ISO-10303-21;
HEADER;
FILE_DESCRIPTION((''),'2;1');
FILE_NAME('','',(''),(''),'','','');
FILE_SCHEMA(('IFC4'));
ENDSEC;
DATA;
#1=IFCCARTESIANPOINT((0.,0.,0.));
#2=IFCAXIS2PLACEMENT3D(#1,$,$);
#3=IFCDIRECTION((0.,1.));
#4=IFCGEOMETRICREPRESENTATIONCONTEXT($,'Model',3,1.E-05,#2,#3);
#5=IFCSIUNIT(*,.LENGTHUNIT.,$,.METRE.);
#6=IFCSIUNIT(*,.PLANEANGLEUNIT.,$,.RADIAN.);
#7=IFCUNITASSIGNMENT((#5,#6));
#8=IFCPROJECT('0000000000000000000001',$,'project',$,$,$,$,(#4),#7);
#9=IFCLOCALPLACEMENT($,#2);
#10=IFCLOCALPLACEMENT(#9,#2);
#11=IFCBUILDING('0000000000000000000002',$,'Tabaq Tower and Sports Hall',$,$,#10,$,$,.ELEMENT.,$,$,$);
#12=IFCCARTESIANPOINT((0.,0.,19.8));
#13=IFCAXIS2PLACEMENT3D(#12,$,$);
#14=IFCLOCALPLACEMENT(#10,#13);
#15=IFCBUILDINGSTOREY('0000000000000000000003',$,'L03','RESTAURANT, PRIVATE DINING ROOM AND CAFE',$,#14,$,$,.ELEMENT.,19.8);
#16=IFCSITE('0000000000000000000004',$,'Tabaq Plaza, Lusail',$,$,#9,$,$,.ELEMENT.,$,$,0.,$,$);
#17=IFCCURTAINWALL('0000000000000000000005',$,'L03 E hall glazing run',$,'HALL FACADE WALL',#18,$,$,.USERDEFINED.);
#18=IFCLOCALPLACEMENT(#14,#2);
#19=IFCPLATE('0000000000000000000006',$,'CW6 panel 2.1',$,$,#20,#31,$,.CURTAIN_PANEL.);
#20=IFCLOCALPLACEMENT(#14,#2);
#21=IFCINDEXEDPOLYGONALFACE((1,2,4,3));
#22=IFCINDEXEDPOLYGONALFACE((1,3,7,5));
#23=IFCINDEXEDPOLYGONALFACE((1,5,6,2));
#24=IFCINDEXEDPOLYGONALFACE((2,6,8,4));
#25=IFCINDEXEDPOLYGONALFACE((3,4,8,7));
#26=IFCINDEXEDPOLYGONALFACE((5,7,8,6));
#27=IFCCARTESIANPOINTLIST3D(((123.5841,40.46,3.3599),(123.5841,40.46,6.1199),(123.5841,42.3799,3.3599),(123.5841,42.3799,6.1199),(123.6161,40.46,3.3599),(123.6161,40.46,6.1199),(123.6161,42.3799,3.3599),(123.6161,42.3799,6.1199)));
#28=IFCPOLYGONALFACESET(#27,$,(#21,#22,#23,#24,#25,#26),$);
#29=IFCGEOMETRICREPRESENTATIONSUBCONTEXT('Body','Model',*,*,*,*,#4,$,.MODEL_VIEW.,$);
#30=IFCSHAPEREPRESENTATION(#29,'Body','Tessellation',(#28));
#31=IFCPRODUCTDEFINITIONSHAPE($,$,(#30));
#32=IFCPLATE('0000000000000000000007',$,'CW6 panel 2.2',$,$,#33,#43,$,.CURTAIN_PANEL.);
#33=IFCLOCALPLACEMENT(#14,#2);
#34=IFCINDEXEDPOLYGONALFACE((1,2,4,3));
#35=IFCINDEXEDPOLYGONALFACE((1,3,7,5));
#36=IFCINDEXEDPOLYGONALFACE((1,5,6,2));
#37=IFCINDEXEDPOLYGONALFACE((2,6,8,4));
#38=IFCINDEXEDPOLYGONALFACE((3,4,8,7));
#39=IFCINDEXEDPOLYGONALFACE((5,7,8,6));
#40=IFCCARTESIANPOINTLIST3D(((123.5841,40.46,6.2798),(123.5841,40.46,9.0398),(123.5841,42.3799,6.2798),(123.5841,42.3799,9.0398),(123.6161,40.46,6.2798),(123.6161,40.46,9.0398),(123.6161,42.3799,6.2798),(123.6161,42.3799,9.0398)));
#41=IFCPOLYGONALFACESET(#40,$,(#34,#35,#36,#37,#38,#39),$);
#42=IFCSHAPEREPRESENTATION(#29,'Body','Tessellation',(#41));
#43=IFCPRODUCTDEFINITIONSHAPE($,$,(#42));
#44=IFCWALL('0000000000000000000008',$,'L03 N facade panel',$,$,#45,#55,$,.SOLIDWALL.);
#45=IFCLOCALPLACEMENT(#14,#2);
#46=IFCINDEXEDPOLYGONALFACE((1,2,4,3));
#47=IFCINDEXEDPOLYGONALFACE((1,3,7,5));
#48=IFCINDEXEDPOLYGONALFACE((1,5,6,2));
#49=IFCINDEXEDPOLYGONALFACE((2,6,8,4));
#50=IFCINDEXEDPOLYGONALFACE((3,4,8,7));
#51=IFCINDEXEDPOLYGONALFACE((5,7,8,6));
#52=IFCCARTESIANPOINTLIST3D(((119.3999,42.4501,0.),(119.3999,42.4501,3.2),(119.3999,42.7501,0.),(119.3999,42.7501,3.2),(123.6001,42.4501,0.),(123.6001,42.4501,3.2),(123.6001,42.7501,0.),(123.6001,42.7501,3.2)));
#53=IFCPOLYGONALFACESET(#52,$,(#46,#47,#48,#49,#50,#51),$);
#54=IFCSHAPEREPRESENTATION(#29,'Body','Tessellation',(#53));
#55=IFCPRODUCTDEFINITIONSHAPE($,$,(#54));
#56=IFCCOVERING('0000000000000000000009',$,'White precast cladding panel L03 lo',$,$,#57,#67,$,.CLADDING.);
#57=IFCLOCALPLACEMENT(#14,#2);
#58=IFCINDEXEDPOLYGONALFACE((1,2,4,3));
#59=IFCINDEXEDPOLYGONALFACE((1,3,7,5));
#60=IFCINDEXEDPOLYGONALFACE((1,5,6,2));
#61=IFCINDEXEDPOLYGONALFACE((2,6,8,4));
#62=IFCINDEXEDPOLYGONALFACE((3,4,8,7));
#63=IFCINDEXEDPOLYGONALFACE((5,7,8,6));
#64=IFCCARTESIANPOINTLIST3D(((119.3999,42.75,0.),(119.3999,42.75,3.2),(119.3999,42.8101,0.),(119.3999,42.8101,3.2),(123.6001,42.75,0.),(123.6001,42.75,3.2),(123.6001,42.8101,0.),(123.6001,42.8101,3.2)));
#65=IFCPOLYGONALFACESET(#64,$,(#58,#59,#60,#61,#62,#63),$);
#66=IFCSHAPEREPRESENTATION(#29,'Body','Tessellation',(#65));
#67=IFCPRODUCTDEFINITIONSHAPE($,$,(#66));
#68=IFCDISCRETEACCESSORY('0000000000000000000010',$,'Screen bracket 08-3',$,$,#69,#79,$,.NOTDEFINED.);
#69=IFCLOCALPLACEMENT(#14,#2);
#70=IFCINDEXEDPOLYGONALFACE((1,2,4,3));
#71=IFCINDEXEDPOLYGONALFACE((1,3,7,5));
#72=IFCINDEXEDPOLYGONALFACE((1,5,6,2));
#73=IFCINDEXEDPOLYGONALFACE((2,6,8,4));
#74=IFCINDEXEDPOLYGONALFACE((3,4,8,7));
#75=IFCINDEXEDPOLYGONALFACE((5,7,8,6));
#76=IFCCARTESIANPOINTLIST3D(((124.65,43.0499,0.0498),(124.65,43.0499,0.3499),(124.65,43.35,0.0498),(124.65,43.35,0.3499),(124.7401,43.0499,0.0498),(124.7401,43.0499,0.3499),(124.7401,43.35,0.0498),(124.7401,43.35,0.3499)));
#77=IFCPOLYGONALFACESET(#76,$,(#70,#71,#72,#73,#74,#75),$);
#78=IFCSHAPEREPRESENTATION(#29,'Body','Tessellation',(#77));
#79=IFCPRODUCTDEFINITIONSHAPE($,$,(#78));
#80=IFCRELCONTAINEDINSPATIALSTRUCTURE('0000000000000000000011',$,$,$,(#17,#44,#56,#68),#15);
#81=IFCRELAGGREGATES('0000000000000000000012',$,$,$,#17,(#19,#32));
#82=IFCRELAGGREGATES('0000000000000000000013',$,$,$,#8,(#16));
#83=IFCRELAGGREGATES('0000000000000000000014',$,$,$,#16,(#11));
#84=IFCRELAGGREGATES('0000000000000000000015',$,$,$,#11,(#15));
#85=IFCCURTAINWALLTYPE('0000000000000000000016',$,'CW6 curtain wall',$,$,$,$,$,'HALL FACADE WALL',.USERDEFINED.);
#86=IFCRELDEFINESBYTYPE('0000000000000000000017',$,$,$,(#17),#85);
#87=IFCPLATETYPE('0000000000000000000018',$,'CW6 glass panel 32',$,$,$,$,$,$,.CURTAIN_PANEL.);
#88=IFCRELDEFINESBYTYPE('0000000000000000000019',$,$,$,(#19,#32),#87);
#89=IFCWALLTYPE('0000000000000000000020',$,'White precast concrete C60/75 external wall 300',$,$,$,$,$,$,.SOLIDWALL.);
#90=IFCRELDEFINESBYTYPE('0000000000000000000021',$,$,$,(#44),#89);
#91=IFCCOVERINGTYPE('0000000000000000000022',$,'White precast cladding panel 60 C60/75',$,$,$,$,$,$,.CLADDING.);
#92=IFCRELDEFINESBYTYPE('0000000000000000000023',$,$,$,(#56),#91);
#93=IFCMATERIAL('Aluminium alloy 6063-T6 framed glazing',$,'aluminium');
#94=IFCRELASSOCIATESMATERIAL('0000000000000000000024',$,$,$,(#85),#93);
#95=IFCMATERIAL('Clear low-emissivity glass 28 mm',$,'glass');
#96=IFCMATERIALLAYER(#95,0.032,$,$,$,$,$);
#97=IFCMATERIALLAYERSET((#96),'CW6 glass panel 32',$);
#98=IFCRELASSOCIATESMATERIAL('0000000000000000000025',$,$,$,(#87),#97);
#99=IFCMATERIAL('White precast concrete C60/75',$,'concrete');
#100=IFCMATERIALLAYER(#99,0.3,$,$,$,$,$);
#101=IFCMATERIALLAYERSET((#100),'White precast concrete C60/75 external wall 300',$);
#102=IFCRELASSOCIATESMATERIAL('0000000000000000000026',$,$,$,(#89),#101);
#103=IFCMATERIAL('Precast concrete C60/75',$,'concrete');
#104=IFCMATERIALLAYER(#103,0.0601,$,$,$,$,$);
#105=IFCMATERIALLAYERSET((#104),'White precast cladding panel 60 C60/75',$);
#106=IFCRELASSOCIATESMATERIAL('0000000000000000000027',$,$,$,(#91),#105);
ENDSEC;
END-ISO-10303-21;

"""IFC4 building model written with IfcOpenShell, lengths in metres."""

from ifc_helpers import new_model, si_unit, direction, frame, frame_2d, origin, origin_2d, place, context, subcontext, project, spatial, rectangle, extrude, material, layer, layer_set, type_object, element, aggregate, save


model = new_model("IFC4")

# Units and contexts
model_context = context("Model", 3, precision=1e-05, world=origin(), true_north=direction((0.0, 1.0)))
body_context = subcontext(model_context, "Body", "Model", "MODEL_VIEW")
ifc_project = project(units=[si_unit("LENGTHUNIT", "METRE"), si_unit("PLANEANGLEUNIT", "RADIAN")], contexts=[model_context])

# Site, building, storey
site_placement = place(None, origin())
site = spatial("IfcSite", under=ifc_project, at=site_placement, Name="Tabaq Plaza, Lusail", CompositionType="ELEMENT", RefElevation=0.0)
building_placement = place(site_placement, origin())
building = spatial("IfcBuilding", under=site, at=building_placement, Name="Tabaq Tower and Sports Hall", CompositionType="ELEMENT")
storey_placement = place(building_placement, frame((0.0, 0.0, 19.8)))
storey = spatial("IfcBuildingStorey", under=building, at=storey_placement, Name="L03", Description="RESTAURANT, PRIVATE DINING ROOM AND CAFE", CompositionType="ELEMENT", Elevation=19.8)

# Shared definitions
ifc_material_1 = material(Name="Aluminium alloy 6063-T6 framed glazing", Category="aluminium")
curtain_wall_type = type_object("IfcCurtainWallType", Name="CW6 curtain wall", ElementType="HALL FACADE WALL", PredefinedType="USERDEFINED", material=ifc_material_1)

# Curtain wall
curtain_wall_1_placement = place(storey_placement, origin())
curtain_wall_1 = element("IfcCurtainWall", 1, at=curtain_wall_1_placement, inside=storey, type_object=curtain_wall_type, Name="L03 E hall glazing run", ObjectType="HALL FACADE WALL", PredefinedType="USERDEFINED")

# Plates
ifc_material_2 = material(Name="Clear low-emissivity glass 28 mm", Category="glass")
ifc_layer_1 = layer(ifc_material_2, 0.032)
ifc_layer_set_1 = layer_set([ifc_layer_1], Name="CW6 glass panel 32")
plate_type = type_object("IfcPlateType", Name="CW6 glass panel 32", PredefinedType="CURTAIN_PANEL", material=ifc_layer_set_1)
plate_1_placement = place(storey_placement, frame((123.6001, 41.4199, 3.3599), z_axis=(0.0, 0.0, 1.0), x_axis=(0.0, 1.0, 0.0)))
plate_1 = element("IfcPlate", 2, at=plate_1_placement, type_object=plate_type, Name="CW6 panel 2.1", PredefinedType="CURTAIN_PANEL", context=body_context, shape_type="SweptSolid", body=[
    extrude(rectangle(XDim=1.9199, YDim=0.032, at=origin_2d()), origin(), (0.0, 0.0, 1.0), 2.76),
])
plate_2_placement = place(storey_placement, frame((123.6001, 41.4199, 6.2798), z_axis=(0.0, 0.0, 1.0), x_axis=(0.0, 1.0, 0.0)))
plate_2 = element("IfcPlate", 3, at=plate_2_placement, type_object=plate_type, Name="CW6 panel 2.2", PredefinedType="CURTAIN_PANEL", context=body_context, shape_type="SweptSolid", body=[
    extrude(rectangle(XDim=1.9199, YDim=0.032, at=origin_2d()), origin(), (0.0, 0.0, 1.0), 2.76),
])
aggregate(curtain_wall_1, [plate_1, plate_2])

# Wall
ifc_material_3 = material(Name="White precast concrete C60/75", Category="concrete")
ifc_layer_2 = layer(ifc_material_3, 0.3)
ifc_layer_set_2 = layer_set([ifc_layer_2], Name="White precast concrete C60/75 external wall 300")
wall_type = type_object("IfcWallType", Name="White precast concrete C60/75 external wall 300", PredefinedType="SOLIDWALL", material=ifc_layer_set_2)
wall_placement = place(storey_placement, frame((119.3999, 42.6001, 0.0), z_axis=(0.0, 0.0, 1.0), x_axis=(1.0, 0.0, 0.0)))
element("IfcWall", 4, at=wall_placement, inside=storey, type_object=wall_type, Name="L03 N facade panel", PredefinedType="SOLIDWALL", context=body_context, shape_type="SweptSolid", body=[
    extrude(rectangle(XDim=4.2002, YDim=0.3, at=frame_2d((2.1001, 0.0))), origin(), (0.0, 0.0, 1.0), 3.2),
])

# Covering
ifc_material_4 = material(Name="Precast concrete C60/75", Category="concrete")
ifc_layer_3 = layer(ifc_material_4, 0.0601)
ifc_layer_set_3 = layer_set([ifc_layer_3], Name="White precast cladding panel 60 C60/75")
covering_type = type_object("IfcCoveringType", Name="White precast cladding panel 60 C60/75", PredefinedType="CLADDING", material=ifc_layer_set_3)
covering_placement = place(storey_placement, frame((119.3999, 42.78, 0.0), z_axis=(0.0, 0.0, 1.0), x_axis=(1.0, 0.0, 0.0)))
element("IfcCovering", 5, at=covering_placement, inside=storey, type_object=covering_type, Name="White precast cladding panel L03 lo", PredefinedType="CLADDING", context=body_context, shape_type="SweptSolid", body=[
    extrude(rectangle(XDim=4.2002, YDim=0.0601, at=frame_2d((2.1001, 0.0))), origin(), (0.0, 0.0, 1.0), 3.2),
])

# Discrete accessory
discrete_accessory_placement = place(storey_placement, frame((124.6951, 43.2, 0.0498), z_axis=(0.0, 0.0, 1.0), x_axis=(1.0, 0.0, 0.0)))
element("IfcDiscreteAccessory", 6, at=discrete_accessory_placement, inside=storey, Name="Screen bracket 08-3", PredefinedType="NOTDEFINED", context=body_context, shape_type="SweptSolid", body=[
    extrude(rectangle(XDim=0.0901, YDim=0.3, at=origin_2d()), origin(), (0.0, 0.0, 1.0), 0.3),
])

save(model, "model.ifc")
